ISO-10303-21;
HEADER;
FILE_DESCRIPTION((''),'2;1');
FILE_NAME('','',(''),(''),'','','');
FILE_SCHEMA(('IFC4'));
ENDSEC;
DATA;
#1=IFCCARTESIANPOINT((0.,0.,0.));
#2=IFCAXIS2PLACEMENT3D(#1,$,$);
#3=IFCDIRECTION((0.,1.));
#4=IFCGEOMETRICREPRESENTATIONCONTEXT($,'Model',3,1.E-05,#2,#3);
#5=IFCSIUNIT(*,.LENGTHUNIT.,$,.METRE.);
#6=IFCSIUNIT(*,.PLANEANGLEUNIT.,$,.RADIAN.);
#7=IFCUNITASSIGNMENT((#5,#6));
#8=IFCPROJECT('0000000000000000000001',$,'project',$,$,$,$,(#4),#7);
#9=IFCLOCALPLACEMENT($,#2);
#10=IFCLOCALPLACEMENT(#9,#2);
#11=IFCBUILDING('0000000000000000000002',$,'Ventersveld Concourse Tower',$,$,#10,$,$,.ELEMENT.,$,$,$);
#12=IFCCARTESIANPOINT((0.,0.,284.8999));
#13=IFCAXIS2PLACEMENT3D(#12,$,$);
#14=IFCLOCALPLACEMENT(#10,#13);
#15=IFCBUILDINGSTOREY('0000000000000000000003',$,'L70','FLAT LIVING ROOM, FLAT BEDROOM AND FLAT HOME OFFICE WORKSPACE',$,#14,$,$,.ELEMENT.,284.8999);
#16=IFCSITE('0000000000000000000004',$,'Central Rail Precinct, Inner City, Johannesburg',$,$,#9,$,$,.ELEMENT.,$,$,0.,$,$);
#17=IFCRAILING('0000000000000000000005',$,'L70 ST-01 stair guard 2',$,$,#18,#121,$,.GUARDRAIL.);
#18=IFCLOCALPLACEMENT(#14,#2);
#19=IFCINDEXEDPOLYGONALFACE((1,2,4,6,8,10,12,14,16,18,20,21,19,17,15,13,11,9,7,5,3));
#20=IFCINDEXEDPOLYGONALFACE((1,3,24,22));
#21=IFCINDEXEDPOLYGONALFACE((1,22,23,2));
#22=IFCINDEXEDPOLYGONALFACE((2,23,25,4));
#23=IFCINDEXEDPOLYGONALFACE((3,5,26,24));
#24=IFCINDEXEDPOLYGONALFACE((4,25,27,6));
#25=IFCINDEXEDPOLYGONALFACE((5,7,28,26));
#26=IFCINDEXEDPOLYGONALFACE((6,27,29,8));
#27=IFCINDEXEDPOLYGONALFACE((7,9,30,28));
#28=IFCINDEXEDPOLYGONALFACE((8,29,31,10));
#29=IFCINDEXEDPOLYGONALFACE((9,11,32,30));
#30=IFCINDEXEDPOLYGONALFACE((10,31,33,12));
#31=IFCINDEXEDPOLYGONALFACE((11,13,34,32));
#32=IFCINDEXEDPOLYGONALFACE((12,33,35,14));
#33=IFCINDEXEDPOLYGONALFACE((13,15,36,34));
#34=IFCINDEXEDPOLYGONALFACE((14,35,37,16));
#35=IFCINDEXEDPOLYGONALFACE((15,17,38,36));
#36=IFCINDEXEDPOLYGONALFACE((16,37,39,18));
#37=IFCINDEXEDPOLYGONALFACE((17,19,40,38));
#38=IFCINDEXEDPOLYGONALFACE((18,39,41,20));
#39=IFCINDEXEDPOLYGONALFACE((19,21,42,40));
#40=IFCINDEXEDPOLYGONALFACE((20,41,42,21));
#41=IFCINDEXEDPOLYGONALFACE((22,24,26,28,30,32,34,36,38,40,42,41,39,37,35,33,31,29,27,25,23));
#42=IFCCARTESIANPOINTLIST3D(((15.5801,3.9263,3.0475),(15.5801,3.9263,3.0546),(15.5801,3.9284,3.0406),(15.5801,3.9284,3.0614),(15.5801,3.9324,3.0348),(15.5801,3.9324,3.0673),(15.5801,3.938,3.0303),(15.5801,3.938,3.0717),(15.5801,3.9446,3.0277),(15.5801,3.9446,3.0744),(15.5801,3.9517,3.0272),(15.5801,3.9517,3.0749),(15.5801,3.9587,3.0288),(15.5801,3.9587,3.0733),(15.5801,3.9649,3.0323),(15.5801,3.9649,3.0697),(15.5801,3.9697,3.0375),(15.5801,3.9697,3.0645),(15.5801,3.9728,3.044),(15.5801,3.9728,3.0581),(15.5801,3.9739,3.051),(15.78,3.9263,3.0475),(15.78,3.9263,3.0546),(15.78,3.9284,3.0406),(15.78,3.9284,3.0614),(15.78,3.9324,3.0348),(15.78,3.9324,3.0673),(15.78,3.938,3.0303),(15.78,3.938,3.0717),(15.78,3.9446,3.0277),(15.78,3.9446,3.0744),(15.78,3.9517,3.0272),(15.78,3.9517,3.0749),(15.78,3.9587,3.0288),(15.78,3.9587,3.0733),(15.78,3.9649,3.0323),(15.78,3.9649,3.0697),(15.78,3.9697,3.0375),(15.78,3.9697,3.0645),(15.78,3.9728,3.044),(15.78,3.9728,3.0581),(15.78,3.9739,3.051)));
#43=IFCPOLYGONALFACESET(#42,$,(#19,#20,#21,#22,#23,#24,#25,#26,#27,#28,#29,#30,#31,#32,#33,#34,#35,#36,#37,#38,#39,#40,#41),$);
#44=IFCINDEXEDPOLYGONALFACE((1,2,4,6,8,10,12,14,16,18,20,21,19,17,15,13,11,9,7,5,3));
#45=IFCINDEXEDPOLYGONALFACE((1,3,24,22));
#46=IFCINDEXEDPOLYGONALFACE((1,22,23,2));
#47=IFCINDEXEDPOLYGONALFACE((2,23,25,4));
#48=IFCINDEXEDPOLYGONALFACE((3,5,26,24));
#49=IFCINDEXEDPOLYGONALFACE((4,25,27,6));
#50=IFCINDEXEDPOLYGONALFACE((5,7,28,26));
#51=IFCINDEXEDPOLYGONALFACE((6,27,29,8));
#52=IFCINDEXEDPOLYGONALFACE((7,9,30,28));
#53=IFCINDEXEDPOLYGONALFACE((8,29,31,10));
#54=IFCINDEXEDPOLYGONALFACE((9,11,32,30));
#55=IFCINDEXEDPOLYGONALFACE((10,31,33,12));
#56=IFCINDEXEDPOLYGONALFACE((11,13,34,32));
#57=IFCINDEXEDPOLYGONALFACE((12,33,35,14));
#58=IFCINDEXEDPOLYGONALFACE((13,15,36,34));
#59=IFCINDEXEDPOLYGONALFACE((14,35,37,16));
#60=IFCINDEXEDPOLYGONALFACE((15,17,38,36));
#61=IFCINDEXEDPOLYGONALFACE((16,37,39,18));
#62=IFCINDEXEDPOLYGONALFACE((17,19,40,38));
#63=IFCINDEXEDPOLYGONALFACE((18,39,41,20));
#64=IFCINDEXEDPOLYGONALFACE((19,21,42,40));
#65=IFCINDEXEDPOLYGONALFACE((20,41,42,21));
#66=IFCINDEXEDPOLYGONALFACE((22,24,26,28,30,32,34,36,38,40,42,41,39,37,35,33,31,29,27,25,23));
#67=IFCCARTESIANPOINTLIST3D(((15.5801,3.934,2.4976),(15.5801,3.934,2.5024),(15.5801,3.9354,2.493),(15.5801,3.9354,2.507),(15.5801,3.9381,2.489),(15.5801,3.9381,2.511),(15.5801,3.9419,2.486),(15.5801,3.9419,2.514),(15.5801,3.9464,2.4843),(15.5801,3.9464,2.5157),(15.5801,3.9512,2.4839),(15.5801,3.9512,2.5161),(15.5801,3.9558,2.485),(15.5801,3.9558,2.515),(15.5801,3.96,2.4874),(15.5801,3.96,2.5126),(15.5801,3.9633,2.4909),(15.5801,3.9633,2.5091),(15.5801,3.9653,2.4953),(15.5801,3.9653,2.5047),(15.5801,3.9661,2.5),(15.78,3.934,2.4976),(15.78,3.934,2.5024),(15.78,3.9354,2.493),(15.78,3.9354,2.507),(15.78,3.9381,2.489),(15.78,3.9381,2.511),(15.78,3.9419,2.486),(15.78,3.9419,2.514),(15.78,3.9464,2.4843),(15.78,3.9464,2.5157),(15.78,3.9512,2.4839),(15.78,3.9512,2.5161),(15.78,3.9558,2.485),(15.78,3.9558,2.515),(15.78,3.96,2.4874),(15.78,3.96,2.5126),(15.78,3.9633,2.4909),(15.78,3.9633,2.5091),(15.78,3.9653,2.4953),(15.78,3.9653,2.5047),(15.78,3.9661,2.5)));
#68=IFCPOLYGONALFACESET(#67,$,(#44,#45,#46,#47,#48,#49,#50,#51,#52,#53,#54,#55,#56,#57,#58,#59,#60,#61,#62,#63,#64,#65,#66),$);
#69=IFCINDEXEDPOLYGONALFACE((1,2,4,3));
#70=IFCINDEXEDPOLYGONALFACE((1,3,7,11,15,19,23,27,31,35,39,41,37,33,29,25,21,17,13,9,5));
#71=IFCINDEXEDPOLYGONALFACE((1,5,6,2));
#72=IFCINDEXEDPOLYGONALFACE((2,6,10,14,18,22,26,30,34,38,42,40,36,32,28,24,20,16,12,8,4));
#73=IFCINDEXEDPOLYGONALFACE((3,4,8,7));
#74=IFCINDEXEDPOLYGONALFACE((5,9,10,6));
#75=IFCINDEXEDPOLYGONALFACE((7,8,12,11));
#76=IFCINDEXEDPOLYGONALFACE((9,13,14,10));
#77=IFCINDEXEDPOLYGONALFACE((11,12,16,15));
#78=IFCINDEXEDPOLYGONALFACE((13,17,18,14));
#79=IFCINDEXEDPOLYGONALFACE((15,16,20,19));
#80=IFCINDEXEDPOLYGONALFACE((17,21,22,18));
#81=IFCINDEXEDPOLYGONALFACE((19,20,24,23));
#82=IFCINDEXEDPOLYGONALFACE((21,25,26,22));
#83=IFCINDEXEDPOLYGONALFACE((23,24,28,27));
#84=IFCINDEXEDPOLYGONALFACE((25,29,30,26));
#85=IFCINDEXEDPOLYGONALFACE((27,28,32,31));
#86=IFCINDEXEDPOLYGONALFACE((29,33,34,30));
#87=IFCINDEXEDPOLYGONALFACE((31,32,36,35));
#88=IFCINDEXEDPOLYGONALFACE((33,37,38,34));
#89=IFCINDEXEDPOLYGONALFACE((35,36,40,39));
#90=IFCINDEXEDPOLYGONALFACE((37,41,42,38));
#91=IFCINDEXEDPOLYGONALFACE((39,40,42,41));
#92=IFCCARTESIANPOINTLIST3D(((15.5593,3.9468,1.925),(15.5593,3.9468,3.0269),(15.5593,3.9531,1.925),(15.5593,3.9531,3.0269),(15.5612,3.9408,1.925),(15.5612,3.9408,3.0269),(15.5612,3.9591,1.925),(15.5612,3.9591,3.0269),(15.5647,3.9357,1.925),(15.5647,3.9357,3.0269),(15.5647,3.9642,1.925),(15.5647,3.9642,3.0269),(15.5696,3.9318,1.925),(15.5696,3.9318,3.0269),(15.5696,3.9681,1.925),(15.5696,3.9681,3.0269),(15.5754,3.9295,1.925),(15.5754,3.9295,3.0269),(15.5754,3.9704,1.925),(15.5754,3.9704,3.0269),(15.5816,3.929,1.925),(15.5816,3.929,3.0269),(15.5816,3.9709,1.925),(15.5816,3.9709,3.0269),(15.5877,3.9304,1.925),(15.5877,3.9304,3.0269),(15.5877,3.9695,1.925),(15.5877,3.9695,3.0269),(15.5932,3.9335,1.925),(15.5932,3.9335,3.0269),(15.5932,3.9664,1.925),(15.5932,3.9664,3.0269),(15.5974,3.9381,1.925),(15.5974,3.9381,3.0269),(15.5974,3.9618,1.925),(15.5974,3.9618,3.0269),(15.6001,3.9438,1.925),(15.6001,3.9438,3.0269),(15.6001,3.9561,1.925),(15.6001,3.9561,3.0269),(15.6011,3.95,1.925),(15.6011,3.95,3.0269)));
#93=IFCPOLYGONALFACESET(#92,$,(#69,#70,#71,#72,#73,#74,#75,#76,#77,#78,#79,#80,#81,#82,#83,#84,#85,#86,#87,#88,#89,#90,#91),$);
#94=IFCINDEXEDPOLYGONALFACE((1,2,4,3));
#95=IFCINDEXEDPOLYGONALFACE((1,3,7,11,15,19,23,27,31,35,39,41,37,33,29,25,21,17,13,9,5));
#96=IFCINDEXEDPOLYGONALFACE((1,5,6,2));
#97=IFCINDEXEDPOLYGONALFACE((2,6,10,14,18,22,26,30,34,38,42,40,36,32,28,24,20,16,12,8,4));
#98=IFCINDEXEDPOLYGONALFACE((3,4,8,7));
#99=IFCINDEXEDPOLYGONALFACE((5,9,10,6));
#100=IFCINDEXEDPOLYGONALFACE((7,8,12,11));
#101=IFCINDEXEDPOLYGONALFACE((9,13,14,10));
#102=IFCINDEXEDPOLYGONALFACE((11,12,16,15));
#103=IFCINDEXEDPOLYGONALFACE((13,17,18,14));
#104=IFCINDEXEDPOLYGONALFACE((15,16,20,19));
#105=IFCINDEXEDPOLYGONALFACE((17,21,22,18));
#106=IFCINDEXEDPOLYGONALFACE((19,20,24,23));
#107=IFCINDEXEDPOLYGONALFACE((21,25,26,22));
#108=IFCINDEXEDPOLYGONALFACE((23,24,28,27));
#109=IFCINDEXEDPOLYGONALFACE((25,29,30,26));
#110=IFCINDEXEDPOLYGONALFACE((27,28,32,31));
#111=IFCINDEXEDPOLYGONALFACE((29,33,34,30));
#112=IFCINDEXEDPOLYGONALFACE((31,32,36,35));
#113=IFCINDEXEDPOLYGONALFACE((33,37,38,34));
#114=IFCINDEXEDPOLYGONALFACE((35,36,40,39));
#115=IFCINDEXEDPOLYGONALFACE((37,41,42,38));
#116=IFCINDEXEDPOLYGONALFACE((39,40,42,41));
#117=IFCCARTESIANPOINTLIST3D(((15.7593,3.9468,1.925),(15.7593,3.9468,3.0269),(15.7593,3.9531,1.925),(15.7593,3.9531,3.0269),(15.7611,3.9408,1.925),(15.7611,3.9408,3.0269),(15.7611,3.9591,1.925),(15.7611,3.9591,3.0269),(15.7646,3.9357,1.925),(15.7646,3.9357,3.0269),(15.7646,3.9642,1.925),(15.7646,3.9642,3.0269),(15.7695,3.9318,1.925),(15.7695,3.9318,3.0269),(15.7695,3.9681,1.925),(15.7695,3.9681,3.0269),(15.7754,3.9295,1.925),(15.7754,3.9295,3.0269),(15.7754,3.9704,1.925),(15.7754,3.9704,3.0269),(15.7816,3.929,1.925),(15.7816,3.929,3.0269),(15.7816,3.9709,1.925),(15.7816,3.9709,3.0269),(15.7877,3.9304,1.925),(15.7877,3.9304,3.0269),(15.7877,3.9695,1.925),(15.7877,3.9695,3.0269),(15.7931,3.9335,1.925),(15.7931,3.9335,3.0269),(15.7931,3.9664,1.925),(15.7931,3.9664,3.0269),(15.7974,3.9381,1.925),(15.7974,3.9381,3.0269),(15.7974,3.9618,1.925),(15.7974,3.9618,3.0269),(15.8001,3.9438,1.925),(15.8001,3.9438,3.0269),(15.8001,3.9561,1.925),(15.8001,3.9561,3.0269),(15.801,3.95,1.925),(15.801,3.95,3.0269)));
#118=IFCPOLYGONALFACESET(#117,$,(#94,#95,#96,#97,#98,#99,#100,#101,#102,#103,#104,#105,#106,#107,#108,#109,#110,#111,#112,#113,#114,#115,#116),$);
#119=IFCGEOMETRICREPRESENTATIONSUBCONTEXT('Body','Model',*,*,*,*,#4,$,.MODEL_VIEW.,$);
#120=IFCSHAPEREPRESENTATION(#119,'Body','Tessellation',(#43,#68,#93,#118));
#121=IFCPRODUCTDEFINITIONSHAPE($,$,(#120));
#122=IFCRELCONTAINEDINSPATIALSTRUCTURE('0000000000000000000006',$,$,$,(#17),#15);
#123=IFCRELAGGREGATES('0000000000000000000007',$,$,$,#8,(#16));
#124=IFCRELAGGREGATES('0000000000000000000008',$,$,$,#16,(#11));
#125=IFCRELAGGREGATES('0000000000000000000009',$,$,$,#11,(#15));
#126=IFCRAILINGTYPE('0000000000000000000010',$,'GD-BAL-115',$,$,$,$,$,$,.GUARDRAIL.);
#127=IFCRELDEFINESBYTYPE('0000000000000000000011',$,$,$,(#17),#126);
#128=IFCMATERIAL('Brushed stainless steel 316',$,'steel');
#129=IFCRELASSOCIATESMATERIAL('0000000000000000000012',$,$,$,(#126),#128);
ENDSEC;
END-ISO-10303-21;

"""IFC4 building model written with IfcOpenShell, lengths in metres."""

from ifc_helpers import new_model, si_unit, direction, frame, origin, origin_2d, place, context, subcontext, project, spatial, circle, extrude, material, type_object, element, save


model = new_model("IFC4")

# Units and contexts
model_context = context("Model", 3, precision=1e-05, world=origin(), true_north=direction((0.0, 1.0)))
body_context = subcontext(model_context, "Body", "Model", "MODEL_VIEW")
ifc_project = project(units=[si_unit("LENGTHUNIT", "METRE"), si_unit("PLANEANGLEUNIT", "RADIAN")], contexts=[model_context])

# Site, building, storey
site_placement = place(None, origin())
site = spatial("IfcSite", under=ifc_project, at=site_placement, Name="Central Rail Precinct, Inner City, Johannesburg", CompositionType="ELEMENT", RefElevation=0.0)
building_placement = place(site_placement, origin())
building = spatial("IfcBuilding", under=site, at=building_placement, Name="Ventersveld Concourse Tower", CompositionType="ELEMENT")
storey_placement = place(building_placement, frame((0.0, 0.0, 284.8999)))
storey = spatial("IfcBuildingStorey", under=building, at=storey_placement, Name="L70", Description="FLAT LIVING ROOM, FLAT BEDROOM AND FLAT HOME OFFICE WORKSPACE", CompositionType="ELEMENT", Elevation=284.8999)

# Shared definitions
ifc_material_1 = material(Name="Brushed stainless steel 316", Category="steel")

# Railing
railing_type_1 = type_object("IfcRailingType", Name="GD-BAL-115", PredefinedType="GUARDRAIL", material=ifc_material_1)
railing_1_placement = place(storey_placement, frame((15.5801, 3.95, 1.925)))
element("IfcRailing", 1, at=railing_1_placement, inside=storey, type_object=railing_type_1, Name="L70 ST-01 stair guard 2", PredefinedType="GUARDRAIL", context=body_context, shape_type="SweptSolid", body=[
    extrude(circle(Radius=0.0239, at=origin_2d()), frame((0.0, 0.0, 1.126), z_axis=(1.0, 0.0, 0.0), x_axis=(0.0, 1.0, 0.0)), (0.0, 0.0, 1.0), 0.2),
    extrude(circle(Radius=0.0161, at=origin_2d()), frame((0.0, 0.0, 0.575), z_axis=(1.0, 0.0, 0.0), x_axis=(0.0, 1.0, 0.0)), (0.0, 0.0, 1.0), 0.2),
    extrude(circle(Radius=0.021, at=origin_2d()), origin(), (0.0, 0.0, 1.0), 1.1018),
    extrude(circle(Radius=0.021, at=origin_2d()), frame((0.2, 0.0, 0.0)), (0.0, 0.0, 1.0), 1.1018),
])

save(model, "model.ifc")
